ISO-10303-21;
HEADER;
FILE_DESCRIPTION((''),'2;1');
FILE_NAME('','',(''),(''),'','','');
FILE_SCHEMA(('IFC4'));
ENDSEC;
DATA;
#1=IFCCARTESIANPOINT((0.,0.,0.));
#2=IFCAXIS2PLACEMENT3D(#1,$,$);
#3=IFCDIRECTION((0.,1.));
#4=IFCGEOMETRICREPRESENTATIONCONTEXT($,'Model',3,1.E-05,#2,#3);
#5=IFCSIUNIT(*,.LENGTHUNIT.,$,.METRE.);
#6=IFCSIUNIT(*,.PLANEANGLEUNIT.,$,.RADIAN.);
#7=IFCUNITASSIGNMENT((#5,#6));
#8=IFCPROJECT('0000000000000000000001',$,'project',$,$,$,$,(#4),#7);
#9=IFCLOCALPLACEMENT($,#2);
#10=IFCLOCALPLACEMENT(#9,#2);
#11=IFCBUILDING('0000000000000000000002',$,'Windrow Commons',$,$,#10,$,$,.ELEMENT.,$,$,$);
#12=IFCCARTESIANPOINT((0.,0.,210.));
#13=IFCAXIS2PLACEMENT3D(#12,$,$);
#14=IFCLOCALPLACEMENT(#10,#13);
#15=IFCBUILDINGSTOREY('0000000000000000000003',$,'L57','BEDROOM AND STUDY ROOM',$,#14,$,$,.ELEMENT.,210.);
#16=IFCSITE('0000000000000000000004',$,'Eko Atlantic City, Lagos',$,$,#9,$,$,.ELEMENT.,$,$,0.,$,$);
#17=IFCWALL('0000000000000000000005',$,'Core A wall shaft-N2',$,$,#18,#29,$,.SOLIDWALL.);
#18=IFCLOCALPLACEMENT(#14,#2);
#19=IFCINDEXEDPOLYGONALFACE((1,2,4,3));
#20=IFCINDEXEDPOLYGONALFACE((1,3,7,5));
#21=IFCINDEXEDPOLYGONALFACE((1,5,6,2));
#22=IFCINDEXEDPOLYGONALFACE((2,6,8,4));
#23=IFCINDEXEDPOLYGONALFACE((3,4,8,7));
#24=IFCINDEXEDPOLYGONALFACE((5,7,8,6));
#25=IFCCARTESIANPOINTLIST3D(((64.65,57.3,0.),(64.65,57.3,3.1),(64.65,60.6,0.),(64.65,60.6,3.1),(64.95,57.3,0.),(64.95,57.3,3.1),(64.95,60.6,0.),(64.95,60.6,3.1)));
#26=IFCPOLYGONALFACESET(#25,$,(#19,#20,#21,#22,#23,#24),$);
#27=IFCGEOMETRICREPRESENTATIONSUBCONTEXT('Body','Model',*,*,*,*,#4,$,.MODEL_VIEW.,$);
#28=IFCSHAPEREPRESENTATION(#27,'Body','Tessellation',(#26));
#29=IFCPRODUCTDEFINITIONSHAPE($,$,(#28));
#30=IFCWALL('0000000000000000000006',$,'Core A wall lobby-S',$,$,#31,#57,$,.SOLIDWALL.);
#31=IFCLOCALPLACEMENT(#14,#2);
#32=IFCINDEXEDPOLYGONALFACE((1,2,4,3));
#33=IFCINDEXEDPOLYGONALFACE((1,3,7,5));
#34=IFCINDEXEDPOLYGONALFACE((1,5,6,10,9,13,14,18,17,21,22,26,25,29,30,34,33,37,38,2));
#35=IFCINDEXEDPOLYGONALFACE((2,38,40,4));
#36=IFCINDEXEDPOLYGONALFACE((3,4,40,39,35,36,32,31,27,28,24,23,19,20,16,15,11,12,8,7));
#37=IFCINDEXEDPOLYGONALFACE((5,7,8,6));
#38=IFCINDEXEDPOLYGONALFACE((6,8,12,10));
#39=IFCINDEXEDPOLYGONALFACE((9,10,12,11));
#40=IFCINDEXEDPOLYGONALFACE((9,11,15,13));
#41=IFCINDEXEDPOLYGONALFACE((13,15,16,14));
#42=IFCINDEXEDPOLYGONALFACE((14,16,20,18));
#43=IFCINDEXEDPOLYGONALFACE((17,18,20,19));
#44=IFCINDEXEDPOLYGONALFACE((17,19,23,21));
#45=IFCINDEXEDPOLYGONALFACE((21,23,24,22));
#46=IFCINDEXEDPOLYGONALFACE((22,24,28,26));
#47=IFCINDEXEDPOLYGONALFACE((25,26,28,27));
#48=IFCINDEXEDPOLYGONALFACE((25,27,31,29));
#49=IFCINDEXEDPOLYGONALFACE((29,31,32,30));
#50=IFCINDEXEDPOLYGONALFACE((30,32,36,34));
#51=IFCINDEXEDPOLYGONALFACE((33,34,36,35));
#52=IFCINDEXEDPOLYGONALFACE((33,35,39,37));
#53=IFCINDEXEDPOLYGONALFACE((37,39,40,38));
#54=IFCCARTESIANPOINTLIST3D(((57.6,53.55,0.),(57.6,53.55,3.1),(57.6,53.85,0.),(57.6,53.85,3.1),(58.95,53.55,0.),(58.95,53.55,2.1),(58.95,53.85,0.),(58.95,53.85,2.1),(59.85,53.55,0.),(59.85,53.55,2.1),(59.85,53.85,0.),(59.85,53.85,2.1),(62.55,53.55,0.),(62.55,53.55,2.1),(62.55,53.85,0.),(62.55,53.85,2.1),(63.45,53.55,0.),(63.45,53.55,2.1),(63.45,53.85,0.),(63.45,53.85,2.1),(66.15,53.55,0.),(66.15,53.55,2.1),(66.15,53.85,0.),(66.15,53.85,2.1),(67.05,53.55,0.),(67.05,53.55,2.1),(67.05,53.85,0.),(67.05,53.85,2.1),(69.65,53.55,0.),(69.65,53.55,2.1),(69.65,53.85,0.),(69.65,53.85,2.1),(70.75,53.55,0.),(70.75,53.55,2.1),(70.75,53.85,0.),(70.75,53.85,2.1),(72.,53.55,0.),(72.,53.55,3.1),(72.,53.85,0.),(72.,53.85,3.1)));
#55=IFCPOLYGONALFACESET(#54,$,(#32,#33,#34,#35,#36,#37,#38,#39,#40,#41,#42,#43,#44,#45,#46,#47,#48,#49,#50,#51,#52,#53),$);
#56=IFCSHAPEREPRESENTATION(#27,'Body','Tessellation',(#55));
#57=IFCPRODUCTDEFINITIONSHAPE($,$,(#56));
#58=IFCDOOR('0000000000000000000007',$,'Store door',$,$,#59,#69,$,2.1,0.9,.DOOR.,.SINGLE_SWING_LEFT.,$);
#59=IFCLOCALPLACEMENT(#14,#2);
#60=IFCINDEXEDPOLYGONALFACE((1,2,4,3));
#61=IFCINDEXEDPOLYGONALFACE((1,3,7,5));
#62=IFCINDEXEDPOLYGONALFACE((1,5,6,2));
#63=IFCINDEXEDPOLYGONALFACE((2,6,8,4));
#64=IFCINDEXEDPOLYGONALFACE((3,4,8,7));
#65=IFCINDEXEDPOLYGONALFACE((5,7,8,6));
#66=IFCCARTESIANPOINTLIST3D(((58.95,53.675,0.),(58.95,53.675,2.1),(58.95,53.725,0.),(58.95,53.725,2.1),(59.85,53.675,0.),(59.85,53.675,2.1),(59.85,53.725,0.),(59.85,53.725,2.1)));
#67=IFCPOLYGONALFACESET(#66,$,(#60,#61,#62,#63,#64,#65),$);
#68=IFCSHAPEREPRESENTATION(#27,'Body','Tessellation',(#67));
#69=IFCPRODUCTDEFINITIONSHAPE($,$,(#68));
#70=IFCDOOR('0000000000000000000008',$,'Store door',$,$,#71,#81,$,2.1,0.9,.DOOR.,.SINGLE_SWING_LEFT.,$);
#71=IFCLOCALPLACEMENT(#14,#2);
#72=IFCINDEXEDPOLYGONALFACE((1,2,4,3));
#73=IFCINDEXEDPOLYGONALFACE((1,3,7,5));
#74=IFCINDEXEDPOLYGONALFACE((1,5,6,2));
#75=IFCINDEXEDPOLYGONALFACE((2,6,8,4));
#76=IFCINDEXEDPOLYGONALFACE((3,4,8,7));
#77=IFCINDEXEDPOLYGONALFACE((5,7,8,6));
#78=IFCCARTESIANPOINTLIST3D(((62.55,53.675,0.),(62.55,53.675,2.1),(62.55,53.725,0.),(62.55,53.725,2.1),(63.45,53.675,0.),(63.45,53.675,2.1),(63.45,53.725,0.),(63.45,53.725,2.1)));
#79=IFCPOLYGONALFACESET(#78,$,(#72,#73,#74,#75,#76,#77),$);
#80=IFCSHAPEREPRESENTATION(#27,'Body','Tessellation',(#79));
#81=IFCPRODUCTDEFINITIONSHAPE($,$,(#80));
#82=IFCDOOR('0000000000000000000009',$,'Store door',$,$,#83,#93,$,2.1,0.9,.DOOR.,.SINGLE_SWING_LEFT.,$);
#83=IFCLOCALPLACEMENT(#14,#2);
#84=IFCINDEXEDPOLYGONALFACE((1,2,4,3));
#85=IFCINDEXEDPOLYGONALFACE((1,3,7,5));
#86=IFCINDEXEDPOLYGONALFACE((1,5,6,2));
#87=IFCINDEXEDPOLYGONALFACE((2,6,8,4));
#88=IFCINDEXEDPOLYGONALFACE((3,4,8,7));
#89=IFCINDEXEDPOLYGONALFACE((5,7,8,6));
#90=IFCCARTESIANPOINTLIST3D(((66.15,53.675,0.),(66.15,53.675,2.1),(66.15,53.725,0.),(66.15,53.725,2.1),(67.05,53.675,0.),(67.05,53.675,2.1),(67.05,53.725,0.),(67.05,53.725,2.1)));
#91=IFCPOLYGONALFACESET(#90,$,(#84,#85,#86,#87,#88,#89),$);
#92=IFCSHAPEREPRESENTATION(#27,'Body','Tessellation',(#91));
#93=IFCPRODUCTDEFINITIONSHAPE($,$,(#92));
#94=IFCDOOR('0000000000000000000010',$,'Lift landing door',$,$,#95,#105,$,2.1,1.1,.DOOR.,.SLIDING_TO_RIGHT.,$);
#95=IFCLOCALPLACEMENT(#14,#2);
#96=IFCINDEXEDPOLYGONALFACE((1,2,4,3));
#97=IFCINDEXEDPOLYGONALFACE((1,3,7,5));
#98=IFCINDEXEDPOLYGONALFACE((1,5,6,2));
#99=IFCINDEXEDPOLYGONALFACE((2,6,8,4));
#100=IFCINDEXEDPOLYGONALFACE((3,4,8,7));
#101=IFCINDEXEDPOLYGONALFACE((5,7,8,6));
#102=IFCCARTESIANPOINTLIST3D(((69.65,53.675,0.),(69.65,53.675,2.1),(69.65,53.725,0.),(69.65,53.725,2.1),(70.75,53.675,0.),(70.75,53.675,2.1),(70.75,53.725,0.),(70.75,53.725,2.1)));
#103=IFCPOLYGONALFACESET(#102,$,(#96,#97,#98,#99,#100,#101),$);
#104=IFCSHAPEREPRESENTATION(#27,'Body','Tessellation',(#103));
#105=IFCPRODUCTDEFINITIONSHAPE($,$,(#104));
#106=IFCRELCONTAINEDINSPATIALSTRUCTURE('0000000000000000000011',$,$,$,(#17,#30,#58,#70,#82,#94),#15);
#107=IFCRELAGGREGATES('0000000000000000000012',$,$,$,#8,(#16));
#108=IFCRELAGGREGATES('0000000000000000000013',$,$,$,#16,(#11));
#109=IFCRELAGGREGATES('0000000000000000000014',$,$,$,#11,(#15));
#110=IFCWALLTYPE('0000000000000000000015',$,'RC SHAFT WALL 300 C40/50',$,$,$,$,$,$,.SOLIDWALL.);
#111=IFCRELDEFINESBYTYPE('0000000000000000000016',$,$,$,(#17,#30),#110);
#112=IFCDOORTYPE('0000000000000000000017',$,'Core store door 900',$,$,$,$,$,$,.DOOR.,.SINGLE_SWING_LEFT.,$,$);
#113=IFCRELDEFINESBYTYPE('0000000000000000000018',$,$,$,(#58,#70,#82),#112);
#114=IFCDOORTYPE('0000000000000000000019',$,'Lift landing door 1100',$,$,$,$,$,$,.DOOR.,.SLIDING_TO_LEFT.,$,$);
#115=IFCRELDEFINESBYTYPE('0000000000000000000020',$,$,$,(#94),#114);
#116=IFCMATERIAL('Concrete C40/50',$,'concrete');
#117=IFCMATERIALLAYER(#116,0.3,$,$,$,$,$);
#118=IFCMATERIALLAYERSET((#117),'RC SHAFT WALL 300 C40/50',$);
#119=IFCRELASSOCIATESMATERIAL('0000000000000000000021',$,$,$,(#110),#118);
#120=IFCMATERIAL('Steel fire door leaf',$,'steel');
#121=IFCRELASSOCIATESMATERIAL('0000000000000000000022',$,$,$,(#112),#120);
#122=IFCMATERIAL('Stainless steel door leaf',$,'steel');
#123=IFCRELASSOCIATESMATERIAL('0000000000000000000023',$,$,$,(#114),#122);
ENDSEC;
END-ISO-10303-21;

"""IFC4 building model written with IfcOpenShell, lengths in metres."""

from ifc_helpers import new_model, si_unit, direction, frame, frame_2d, origin, place, context, subcontext, project, spatial, rectangle, extrude, material, layer, layer_set, type_object, element, fill, save


model = new_model("IFC4")

# Units and contexts
model_context = context("Model", 3, precision=1e-05, world=origin(), true_north=direction((0.0, 1.0)))
body_context = subcontext(model_context, "Body", "Model", "MODEL_VIEW")
ifc_project = project(units=[si_unit("LENGTHUNIT", "METRE"), si_unit("PLANEANGLEUNIT", "RADIAN")], contexts=[model_context])

# Site, building, storey
site_placement = place(None, origin())
site = spatial("IfcSite", under=ifc_project, at=site_placement, Name="Eko Atlantic City, Lagos", CompositionType="ELEMENT", RefElevation=0.0)
building_placement = place(site_placement, origin())
building = spatial("IfcBuilding", under=site, at=building_placement, Name="Windrow Commons", CompositionType="ELEMENT")
storey_placement = place(building_placement, frame((0.0, 0.0, 210.0)))
storey = spatial("IfcBuildingStorey", under=building, at=storey_placement, Name="L57", Description="BEDROOM AND STUDY ROOM", CompositionType="ELEMENT", Elevation=210.0)

# Wall
ifc_material_1 = material(Name="Concrete C40/50", Category="concrete")
ifc_layer_1 = layer(ifc_material_1, 0.3)
ifc_layer_set_1 = layer_set([ifc_layer_1], Name="RC SHAFT WALL 300 C40/50")
wall_type_1 = type_object("IfcWallType", Name="RC SHAFT WALL 300 C40/50", PredefinedType="SOLIDWALL", material=ifc_layer_set_1)
for number, where, z_axis, x_axis, name in (
    (1, (64.8, 57.3, 0.0), (0.0, 0.0, 1.0), (0.0, 1.0, 0.0), "Core A wall shaft-N2"),
):
    element("IfcWall", number, at=place(storey_placement, frame(where, z_axis=z_axis, x_axis=x_axis)), inside=storey, type_object=wall_type_1, Name=name, PredefinedType="SOLIDWALL", context=body_context, shape_type="SweptSolid", body=[
        extrude(rectangle(XDim=3.3, YDim=0.3, at=frame_2d((1.65, 0.0))), origin(), (0.0, 0.0, 1.0), 3.1),
    ])

# Wall, openings, doors
wall_1_placement = place(storey_placement, frame((57.6, 53.7, 0.0), z_axis=(0.0, 0.0, 1.0), x_axis=(1.0, 0.0, 0.0)))
wall_1 = element("IfcWall", 2, at=wall_1_placement, inside=storey, type_object=wall_type_1, Name="Core A wall lobby-S", PredefinedType="SOLIDWALL", context=body_context, shape_type="SweptSolid", body=[
    extrude(rectangle(XDim=14.4, YDim=0.3, at=frame_2d((7.2, 0.0))), origin(), (0.0, 0.0, 1.0), 3.1),
])
opening_1_placement = place(wall_1_placement, frame((1.35, 0.0, 0.0)))
opening_1 = element("IfcOpeningElement", 3, at=opening_1_placement, cuts=wall_1, PredefinedType="OPENING", context=body_context, shape_type="SweptSolid", body=[
    extrude(rectangle(XDim=0.9, YDim=2.1, at=frame_2d((0.45, 1.05))), frame((0.0, 0.16, 0.0), z_axis=(0.0, -1.0, 0.0), x_axis=(1.0, 0.0, 0.0)), (0.0, 0.0, 1.0), 0.32),
])
opening_2_placement = place(wall_1_placement, frame((4.95, 0.0, 0.0)))
opening_2 = element("IfcOpeningElement", 4, at=opening_2_placement, cuts=wall_1, PredefinedType="OPENING", context=body_context, shape_type="SweptSolid", body=[
    extrude(rectangle(XDim=0.9, YDim=2.1, at=frame_2d((0.45, 1.05))), frame((0.0, 0.16, 0.0), z_axis=(0.0, -1.0, 0.0), x_axis=(1.0, 0.0, 0.0)), (0.0, 0.0, 1.0), 0.32),
])
opening_3_placement = place(wall_1_placement, frame((8.55, 0.0, 0.0)))
opening_3 = element("IfcOpeningElement", 5, at=opening_3_placement, cuts=wall_1, PredefinedType="OPENING", context=body_context, shape_type="SweptSolid", body=[
    extrude(rectangle(XDim=0.9, YDim=2.1, at=frame_2d((0.45, 1.05))), frame((0.0, 0.16, 0.0), z_axis=(0.0, -1.0, 0.0), x_axis=(1.0, 0.0, 0.0)), (0.0, 0.0, 1.0), 0.32),
])
opening_4_placement = place(wall_1_placement, frame((12.05, 0.0, 0.0)))
opening_4 = element("IfcOpeningElement", 6, at=opening_4_placement, cuts=wall_1, PredefinedType="OPENING", context=body_context, shape_type="SweptSolid", body=[
    extrude(rectangle(XDim=1.1, YDim=2.1, at=frame_2d((0.55, 1.05))), frame((0.0, 0.16, 0.0), z_axis=(0.0, -1.0, 0.0), x_axis=(1.0, 0.0, 0.0)), (0.0, 0.0, 1.0), 0.32),
])
ifc_material_2 = material(Name="Steel fire door leaf", Category="steel")
door_type_1 = type_object("IfcDoorType", Name="Core store door 900", OperationType="SINGLE_SWING_LEFT", PredefinedType="DOOR", material=ifc_material_2)
door_1_placement = place(opening_1_placement, origin())
door_1 = element("IfcDoor", 7, at=door_1_placement, inside=storey, type_object=door_type_1, Name="Store door", OperationType="SINGLE_SWING_LEFT", OverallHeight=2.1, OverallWidth=0.9, PredefinedType="DOOR", context=body_context, shape_type="SweptSolid", body=[
    extrude(rectangle(XDim=0.9, YDim=2.1, at=frame_2d((0.45, 1.05))), frame((0.0, 0.025, 0.0), z_axis=(0.0, -1.0, 0.0), x_axis=(1.0, 0.0, 0.0)), (0.0, 0.0, 1.0), 0.05),
])
fill(opening_1, door_1)
door_2_placement = place(opening_2_placement, origin())
door_2 = element("IfcDoor", 8, at=door_2_placement, inside=storey, type_object=door_type_1, Name="Store door", OperationType="SINGLE_SWING_LEFT", OverallHeight=2.1, OverallWidth=0.9, PredefinedType="DOOR", context=body_context, shape_type="SweptSolid", body=[
    extrude(rectangle(XDim=0.9, YDim=2.1, at=frame_2d((0.45, 1.05))), frame((0.0, 0.025, 0.0), z_axis=(0.0, -1.0, 0.0), x_axis=(1.0, 0.0, 0.0)), (0.0, 0.0, 1.0), 0.05),
])
fill(opening_2, door_2)
door_3_placement = place(opening_3_placement, origin())
door_3 = element("IfcDoor", 9, at=door_3_placement, inside=storey, type_object=door_type_1, Name="Store door", OperationType="SINGLE_SWING_LEFT", OverallHeight=2.1, OverallWidth=0.9, PredefinedType="DOOR", context=body_context, shape_type="SweptSolid", body=[
    extrude(rectangle(XDim=0.9, YDim=2.1, at=frame_2d((0.45, 1.05))), frame((0.0, 0.025, 0.0), z_axis=(0.0, -1.0, 0.0), x_axis=(1.0, 0.0, 0.0)), (0.0, 0.0, 1.0), 0.05),
])
fill(opening_3, door_3)
ifc_material_3 = material(Name="Stainless steel door leaf", Category="steel")
door_type_2 = type_object("IfcDoorType", Name="Lift landing door 1100", OperationType="SLIDING_TO_LEFT", PredefinedType="DOOR", material=ifc_material_3)
door_4_placement = place(opening_4_placement, origin())
door_4 = element("IfcDoor", 10, at=door_4_placement, inside=storey, type_object=door_type_2, Name="Lift landing door", OperationType="SLIDING_TO_RIGHT", OverallHeight=2.1, OverallWidth=1.1, PredefinedType="DOOR", context=body_context, shape_type="SweptSolid", body=[
    extrude(rectangle(XDim=1.1, YDim=2.1, at=frame_2d((0.55, 1.05))), frame((0.0, 0.025, 0.0), z_axis=(0.0, -1.0, 0.0), x_axis=(1.0, 0.0, 0.0)), (0.0, 0.0, 1.0), 0.05),
])
fill(opening_4, door_4)

save(model, "model.ifc")
